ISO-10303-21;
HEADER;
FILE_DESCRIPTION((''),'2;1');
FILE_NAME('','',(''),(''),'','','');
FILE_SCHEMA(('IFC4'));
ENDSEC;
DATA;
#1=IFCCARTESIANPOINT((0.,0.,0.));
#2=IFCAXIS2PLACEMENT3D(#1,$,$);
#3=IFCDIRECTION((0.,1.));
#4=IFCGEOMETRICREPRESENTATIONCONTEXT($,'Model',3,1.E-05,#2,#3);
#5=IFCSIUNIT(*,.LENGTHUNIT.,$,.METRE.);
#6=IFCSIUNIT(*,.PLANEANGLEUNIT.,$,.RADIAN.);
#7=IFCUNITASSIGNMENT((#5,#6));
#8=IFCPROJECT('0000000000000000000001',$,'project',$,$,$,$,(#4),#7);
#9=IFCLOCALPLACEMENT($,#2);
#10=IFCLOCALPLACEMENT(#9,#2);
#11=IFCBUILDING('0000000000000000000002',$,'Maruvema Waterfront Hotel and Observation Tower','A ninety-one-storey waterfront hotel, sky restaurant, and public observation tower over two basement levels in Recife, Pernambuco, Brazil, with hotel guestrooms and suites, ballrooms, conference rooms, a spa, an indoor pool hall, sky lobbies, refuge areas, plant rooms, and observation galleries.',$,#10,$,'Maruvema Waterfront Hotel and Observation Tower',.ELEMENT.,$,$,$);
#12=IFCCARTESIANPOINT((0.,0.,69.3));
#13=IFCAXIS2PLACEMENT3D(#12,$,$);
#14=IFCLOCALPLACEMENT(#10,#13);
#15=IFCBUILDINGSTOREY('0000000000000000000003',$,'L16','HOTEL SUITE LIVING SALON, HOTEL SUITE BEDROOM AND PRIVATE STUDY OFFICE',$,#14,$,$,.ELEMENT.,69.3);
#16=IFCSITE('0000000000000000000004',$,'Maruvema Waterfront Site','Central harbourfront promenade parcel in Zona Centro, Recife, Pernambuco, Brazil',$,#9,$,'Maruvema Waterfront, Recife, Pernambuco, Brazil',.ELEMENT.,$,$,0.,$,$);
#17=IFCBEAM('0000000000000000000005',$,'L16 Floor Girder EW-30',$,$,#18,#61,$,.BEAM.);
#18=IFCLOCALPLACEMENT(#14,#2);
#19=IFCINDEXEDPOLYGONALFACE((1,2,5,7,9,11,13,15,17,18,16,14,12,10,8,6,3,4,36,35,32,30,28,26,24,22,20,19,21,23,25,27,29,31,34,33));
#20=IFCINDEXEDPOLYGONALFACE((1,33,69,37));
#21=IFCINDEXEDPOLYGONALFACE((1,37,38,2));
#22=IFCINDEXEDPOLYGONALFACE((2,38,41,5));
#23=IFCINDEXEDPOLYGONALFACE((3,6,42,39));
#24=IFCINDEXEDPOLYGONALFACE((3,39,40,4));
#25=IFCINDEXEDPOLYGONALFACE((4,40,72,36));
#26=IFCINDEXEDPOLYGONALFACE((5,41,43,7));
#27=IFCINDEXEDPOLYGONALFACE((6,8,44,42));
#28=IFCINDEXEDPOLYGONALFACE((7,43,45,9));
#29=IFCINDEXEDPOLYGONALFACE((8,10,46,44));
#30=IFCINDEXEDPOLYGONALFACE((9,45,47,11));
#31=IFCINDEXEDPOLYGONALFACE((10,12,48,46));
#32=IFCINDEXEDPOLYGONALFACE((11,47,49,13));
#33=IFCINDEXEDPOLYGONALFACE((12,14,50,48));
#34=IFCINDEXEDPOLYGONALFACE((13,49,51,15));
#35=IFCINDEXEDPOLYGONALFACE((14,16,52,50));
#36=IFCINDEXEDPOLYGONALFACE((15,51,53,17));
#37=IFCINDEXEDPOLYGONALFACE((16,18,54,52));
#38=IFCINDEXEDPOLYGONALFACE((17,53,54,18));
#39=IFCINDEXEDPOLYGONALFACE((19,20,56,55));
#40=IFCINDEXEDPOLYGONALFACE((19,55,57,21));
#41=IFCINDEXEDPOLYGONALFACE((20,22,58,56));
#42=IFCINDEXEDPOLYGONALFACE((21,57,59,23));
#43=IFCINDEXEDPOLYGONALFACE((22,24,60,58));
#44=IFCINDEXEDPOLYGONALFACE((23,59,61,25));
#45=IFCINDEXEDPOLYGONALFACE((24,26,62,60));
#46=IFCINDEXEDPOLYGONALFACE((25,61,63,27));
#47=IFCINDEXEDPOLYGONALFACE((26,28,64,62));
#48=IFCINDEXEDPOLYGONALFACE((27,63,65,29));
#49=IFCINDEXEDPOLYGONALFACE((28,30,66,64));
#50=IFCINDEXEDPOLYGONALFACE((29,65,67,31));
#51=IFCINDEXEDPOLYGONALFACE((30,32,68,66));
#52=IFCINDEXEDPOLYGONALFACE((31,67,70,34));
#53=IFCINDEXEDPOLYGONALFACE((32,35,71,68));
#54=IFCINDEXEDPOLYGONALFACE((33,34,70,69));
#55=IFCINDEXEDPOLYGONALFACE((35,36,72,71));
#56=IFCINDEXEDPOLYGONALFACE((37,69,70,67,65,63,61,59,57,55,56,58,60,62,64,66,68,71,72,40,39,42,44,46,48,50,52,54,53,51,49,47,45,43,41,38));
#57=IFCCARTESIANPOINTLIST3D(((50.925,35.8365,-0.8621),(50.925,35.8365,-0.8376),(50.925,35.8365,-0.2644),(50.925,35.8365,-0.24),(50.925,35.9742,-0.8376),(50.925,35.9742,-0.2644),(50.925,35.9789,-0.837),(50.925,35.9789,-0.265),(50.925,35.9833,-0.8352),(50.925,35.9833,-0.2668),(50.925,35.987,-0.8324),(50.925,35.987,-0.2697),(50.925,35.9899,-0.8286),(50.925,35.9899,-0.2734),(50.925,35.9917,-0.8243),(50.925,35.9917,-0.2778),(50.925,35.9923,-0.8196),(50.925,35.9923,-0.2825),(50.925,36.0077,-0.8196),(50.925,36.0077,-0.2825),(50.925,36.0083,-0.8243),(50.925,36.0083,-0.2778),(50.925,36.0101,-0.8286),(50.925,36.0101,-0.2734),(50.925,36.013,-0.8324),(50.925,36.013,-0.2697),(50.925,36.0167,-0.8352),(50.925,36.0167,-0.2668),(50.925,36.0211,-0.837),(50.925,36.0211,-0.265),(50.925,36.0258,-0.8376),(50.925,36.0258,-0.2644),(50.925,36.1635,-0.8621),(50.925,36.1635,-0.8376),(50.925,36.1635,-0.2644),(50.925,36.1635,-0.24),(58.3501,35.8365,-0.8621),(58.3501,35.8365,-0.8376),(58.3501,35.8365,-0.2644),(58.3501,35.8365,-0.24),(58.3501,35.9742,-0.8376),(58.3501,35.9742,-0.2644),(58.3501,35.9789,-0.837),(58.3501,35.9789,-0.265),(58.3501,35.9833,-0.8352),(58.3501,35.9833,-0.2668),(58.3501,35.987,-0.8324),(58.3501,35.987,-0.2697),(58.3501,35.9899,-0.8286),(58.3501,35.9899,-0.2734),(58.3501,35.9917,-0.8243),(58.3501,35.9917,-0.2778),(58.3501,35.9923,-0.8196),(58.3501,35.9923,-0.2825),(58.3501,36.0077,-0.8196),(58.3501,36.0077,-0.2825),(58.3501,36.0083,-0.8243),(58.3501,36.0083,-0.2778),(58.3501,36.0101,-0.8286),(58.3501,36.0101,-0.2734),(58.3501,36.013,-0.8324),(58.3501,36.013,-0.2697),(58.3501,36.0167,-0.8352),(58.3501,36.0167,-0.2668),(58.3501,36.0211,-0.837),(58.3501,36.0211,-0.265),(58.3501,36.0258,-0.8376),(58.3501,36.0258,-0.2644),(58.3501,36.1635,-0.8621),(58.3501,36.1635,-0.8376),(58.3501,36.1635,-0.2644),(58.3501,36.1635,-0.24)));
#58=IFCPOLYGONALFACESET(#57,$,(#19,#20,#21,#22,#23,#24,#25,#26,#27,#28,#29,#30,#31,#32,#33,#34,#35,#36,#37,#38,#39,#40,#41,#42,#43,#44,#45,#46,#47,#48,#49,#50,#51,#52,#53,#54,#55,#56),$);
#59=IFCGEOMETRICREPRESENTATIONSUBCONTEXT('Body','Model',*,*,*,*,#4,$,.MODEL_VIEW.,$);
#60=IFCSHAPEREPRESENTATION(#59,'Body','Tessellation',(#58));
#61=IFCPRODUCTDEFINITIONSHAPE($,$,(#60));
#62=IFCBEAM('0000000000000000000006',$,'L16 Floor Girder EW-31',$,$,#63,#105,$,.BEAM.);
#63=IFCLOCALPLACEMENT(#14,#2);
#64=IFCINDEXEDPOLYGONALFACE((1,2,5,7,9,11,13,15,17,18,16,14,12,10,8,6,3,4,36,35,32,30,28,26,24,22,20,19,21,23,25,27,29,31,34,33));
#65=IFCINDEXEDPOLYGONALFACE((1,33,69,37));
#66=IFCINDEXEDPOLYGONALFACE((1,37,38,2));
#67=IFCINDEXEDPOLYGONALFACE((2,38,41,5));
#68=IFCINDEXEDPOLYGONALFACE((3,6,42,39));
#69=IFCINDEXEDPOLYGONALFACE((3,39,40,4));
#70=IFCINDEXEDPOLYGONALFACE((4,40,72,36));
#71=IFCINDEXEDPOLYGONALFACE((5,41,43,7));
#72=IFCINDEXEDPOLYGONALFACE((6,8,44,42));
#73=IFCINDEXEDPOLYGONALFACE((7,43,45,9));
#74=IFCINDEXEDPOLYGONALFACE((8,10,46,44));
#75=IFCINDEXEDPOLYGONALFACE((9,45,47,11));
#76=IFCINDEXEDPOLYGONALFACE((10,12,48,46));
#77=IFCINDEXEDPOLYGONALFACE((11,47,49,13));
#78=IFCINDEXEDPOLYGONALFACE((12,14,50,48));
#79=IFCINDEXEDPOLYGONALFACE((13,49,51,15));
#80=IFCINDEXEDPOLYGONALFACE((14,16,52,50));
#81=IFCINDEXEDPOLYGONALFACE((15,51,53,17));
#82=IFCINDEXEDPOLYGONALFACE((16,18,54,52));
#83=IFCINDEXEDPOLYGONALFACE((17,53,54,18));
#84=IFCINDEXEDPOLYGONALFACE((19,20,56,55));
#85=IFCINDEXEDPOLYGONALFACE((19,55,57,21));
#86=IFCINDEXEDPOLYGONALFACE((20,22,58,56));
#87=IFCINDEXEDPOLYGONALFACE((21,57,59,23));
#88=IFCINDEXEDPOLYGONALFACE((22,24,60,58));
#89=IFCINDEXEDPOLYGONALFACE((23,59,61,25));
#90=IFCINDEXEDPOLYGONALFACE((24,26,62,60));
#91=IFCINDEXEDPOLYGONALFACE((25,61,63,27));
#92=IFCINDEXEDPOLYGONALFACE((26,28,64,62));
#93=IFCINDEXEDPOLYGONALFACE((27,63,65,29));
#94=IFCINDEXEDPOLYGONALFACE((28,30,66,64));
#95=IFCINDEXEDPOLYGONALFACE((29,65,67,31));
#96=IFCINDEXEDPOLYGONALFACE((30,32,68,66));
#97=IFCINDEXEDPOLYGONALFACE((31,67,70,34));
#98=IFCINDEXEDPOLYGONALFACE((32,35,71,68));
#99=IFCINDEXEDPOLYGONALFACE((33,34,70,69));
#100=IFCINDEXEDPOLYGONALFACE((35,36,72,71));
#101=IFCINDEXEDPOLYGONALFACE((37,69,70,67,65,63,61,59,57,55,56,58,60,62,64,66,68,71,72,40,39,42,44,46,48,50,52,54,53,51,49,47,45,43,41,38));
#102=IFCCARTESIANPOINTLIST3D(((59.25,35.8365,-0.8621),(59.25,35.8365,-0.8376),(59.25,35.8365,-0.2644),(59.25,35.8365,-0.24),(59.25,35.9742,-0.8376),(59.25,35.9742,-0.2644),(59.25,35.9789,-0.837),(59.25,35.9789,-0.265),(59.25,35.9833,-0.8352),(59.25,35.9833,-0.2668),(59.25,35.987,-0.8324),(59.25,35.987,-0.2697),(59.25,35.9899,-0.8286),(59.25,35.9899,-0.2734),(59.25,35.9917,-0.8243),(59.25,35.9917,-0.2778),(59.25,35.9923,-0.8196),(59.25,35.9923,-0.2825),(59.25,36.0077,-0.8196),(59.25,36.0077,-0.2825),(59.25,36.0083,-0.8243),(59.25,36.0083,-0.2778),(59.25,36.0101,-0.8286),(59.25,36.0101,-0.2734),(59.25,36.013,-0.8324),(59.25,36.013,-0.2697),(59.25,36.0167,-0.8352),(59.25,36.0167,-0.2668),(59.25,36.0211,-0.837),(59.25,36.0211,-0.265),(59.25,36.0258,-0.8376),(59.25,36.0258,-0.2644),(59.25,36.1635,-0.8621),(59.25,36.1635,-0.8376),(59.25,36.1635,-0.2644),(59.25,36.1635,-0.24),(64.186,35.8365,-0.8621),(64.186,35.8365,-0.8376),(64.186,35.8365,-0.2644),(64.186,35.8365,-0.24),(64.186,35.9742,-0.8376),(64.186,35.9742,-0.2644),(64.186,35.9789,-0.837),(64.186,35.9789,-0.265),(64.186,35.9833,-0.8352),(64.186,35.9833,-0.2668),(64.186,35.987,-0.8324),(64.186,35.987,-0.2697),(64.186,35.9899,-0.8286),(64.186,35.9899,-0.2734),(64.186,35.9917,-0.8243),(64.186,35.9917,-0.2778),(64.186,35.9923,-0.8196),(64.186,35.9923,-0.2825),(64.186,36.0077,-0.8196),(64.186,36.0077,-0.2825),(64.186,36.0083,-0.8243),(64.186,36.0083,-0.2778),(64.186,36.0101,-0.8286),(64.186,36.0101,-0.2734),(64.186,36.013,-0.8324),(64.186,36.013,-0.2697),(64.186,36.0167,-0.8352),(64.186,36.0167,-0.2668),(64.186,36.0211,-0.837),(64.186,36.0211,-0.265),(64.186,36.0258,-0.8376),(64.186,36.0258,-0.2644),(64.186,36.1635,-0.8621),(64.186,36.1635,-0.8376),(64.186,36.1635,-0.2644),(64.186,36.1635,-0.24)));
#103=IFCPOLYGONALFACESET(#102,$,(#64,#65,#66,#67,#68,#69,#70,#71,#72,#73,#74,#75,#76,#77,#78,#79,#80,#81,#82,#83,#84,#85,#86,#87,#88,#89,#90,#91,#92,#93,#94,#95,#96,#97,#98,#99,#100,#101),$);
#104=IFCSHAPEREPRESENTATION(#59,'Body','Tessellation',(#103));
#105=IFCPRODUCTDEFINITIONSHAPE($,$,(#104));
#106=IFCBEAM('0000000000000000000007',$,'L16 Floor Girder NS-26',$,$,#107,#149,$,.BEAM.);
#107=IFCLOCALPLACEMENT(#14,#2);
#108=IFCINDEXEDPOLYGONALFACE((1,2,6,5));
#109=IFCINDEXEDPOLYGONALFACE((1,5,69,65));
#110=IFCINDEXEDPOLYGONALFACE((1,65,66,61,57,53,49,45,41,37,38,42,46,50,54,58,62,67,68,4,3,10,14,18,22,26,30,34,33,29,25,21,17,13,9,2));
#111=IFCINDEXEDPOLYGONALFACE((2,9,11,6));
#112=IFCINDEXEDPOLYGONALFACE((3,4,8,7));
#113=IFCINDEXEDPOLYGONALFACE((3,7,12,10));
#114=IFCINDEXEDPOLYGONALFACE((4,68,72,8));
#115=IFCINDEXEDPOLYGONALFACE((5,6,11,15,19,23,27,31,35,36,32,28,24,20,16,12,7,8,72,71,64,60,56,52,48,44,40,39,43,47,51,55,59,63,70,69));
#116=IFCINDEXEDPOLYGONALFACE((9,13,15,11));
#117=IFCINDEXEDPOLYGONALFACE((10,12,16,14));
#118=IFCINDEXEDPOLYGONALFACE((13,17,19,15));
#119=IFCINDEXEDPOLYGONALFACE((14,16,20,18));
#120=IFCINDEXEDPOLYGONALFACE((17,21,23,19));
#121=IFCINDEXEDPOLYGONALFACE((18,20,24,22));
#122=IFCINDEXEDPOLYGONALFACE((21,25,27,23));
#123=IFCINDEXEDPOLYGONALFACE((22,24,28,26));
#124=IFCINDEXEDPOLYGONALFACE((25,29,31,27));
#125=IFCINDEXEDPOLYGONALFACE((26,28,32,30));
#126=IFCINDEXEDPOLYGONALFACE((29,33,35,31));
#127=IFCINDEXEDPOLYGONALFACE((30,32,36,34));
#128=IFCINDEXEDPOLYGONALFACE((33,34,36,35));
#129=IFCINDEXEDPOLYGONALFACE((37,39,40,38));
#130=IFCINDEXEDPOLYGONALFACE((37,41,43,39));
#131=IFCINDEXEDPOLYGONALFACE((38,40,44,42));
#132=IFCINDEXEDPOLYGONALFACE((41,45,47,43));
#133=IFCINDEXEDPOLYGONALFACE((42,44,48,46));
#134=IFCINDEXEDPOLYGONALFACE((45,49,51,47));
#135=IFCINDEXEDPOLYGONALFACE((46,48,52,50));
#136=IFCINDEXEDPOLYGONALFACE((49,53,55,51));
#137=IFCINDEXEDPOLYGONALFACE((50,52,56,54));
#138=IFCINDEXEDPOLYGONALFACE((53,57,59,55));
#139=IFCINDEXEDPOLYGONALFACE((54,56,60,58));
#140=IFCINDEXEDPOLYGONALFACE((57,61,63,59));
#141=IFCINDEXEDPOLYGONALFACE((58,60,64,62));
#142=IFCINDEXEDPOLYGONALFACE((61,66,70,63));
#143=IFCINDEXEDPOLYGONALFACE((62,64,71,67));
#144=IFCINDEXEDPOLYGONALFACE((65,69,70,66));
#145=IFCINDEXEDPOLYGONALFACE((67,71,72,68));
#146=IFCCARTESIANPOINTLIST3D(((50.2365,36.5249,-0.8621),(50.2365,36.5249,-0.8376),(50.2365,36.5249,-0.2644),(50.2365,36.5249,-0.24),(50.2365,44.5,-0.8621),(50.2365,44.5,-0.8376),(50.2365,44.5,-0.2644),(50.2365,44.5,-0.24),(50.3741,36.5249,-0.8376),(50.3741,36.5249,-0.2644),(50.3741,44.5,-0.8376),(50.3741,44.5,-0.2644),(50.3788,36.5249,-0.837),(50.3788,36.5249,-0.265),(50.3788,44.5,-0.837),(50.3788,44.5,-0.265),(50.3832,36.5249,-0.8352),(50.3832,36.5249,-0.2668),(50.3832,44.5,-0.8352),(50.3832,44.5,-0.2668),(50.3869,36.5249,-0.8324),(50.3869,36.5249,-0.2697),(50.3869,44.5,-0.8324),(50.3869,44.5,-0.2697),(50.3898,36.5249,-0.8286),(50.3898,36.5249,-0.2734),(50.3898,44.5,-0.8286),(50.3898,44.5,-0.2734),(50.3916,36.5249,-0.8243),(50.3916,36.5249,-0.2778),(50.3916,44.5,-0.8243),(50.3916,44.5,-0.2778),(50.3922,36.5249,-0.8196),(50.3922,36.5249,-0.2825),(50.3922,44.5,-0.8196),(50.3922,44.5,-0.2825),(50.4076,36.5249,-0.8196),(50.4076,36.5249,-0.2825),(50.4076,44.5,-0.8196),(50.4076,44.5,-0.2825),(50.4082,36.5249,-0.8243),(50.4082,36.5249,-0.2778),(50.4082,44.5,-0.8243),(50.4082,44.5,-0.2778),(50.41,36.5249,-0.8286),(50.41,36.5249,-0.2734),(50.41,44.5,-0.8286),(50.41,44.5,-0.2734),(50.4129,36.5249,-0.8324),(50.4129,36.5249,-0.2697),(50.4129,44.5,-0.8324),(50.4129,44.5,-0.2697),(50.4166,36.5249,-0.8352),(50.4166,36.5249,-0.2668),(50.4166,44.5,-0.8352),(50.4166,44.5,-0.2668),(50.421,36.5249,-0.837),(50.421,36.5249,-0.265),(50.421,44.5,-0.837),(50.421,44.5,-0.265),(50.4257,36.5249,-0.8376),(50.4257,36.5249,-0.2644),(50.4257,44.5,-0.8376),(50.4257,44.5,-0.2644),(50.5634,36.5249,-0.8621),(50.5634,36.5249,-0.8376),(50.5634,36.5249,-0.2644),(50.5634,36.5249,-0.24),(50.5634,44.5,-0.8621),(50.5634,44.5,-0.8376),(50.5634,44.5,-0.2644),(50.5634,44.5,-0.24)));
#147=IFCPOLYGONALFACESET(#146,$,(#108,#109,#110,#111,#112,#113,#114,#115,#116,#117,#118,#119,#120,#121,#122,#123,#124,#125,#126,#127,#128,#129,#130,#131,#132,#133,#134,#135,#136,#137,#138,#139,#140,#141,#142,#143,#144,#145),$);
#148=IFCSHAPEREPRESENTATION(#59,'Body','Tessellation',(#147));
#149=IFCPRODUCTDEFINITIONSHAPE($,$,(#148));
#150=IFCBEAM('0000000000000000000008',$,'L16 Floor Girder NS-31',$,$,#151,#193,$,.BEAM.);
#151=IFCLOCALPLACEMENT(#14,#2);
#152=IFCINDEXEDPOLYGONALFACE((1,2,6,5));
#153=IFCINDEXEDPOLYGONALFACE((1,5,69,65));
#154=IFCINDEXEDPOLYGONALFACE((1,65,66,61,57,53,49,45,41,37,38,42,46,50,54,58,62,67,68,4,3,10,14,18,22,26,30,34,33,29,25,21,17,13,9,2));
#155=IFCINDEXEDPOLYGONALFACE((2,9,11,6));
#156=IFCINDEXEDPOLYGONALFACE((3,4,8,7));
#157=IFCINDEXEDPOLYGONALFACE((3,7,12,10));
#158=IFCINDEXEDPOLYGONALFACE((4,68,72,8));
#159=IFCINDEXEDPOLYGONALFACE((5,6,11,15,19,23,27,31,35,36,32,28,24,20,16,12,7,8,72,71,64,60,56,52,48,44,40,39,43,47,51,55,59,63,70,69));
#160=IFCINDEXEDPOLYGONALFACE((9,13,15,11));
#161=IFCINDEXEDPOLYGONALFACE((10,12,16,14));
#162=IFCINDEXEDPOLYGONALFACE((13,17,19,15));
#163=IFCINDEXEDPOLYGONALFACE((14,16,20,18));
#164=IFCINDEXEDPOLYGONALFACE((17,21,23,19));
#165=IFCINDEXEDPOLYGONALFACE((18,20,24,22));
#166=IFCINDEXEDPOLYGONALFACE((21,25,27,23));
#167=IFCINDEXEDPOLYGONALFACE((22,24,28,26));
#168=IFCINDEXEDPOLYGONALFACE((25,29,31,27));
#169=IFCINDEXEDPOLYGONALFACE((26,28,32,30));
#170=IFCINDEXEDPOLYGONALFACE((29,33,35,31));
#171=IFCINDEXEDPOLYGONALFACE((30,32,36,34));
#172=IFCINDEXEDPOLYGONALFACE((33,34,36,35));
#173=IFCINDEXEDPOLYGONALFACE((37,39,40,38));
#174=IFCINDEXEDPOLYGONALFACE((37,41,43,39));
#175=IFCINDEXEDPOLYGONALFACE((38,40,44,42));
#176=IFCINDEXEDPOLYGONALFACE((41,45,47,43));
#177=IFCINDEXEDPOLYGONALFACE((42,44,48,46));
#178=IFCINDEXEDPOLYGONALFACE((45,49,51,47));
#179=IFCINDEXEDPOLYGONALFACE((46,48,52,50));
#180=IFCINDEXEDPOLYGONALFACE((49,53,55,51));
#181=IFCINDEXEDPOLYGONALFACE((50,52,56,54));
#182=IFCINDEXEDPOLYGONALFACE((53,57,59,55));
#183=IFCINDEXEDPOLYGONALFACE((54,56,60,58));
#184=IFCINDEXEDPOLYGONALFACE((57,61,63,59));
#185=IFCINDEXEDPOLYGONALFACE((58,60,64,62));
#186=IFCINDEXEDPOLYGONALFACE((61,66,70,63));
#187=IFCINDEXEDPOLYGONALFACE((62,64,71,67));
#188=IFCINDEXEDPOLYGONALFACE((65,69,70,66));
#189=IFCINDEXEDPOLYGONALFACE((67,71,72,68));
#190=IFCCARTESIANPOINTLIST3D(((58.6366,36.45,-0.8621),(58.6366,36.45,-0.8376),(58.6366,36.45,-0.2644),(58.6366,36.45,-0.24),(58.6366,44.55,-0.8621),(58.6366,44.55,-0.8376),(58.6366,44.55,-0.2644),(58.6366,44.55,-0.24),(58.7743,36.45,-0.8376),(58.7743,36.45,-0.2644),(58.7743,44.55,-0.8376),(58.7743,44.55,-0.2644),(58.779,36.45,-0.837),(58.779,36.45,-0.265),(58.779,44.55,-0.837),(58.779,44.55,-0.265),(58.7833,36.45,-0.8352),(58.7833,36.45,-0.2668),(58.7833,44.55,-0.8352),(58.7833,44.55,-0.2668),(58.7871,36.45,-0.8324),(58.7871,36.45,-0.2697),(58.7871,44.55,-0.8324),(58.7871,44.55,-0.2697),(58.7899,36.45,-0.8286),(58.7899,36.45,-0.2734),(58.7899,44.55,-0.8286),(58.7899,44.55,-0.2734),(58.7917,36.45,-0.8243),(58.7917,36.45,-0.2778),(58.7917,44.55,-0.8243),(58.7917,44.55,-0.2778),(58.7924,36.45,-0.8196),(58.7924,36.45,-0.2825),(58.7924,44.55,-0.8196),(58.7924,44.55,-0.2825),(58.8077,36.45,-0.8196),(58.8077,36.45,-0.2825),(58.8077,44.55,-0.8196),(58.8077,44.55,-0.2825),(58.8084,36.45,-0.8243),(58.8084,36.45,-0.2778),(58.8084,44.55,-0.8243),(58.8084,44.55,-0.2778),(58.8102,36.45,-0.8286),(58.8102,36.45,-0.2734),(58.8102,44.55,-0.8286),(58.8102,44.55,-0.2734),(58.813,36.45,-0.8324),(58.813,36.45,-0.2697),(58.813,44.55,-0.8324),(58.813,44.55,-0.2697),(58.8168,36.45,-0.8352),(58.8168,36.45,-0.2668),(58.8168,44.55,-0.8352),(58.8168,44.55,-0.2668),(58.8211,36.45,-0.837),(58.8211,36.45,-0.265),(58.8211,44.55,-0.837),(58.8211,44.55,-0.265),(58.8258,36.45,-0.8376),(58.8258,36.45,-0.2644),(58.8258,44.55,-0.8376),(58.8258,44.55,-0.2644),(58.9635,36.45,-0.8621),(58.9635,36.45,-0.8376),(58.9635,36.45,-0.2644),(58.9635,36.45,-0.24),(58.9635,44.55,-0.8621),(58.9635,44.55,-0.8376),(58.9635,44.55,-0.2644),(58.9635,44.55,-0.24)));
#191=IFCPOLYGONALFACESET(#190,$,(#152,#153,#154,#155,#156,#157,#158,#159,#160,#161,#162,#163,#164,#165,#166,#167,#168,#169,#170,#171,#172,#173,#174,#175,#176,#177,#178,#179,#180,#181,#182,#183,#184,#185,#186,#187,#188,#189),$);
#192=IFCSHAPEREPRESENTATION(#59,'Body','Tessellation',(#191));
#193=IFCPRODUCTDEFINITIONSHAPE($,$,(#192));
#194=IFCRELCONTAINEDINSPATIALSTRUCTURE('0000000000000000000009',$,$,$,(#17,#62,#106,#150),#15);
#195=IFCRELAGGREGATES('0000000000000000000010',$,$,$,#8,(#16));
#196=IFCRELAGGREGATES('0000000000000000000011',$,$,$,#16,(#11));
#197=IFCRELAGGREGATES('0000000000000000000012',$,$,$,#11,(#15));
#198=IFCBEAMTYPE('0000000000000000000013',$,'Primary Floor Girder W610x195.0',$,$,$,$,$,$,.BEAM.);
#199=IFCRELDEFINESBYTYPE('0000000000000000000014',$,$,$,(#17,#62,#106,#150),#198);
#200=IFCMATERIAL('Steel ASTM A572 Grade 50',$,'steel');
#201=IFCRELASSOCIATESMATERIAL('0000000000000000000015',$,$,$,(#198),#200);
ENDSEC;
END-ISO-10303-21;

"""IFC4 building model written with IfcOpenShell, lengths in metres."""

from ifc_helpers import new_model, si_unit, direction, frame, origin, origin_2d, place, context, subcontext, project, spatial, i_section, extrude, material, material_profile, profile_set, type_object, element, save


model = new_model("IFC4")

# Units and contexts
model_context = context("Model", 3, precision=1e-05, world=origin(), true_north=direction((0.0, 1.0)))
body_context = subcontext(model_context, "Body", "Model", "MODEL_VIEW")
ifc_project = project(units=[si_unit("LENGTHUNIT", "METRE"), si_unit("PLANEANGLEUNIT", "RADIAN")], contexts=[model_context])

# Site, building, storey
site_placement = place(None, origin())
site = spatial("IfcSite", under=ifc_project, at=site_placement, Name="Maruvema Waterfront Site", Description="Central harbourfront promenade parcel in Zona Centro, Recife, Pernambuco, Brazil", LongName="Maruvema Waterfront, Recife, Pernambuco, Brazil", CompositionType="ELEMENT", RefElevation=0.0)
building_placement = place(site_placement, origin())
building = spatial("IfcBuilding", under=site, at=building_placement, Name="Maruvema Waterfront Hotel and Observation Tower", Description="A ninety-one-storey waterfront hotel, sky restaurant, and public observation tower over two basement levels in Recife, Pernambuco, Brazil, with hotel guestrooms and suites, ballrooms, conference rooms, a spa, an indoor pool hall, sky lobbies, refuge areas, plant rooms, and observation galleries.", LongName="Maruvema Waterfront Hotel and Observation Tower", CompositionType="ELEMENT")
storey_placement = place(building_placement, frame((0.0, 0.0, 69.3)))
storey = spatial("IfcBuildingStorey", under=building, at=storey_placement, Name="L16", Description="HOTEL SUITE LIVING SALON, HOTEL SUITE BEDROOM AND PRIVATE STUDY OFFICE", CompositionType="ELEMENT", Elevation=69.3)

# Beams
ifc_material_1 = material(Name="Steel ASTM A572 Grade 50", Category="steel")
ifc_material_profile_1 = material_profile(ifc_material_1, i_section(OverallWidth=0.3269, OverallDepth=0.6221, WebThickness=0.0154, FlangeThickness=0.0244, FilletRadius=0.0181, at=origin_2d()), Name="W610x195.0")
ifc_profile_set_1 = profile_set([ifc_material_profile_1], Name="Steel ASTM A572 Grade 50")
beam_type_1 = type_object("IfcBeamType", Name="Primary Floor Girder W610x195.0", PredefinedType="BEAM", material=ifc_profile_set_1)
beam_1_placement = place(storey_placement, frame((50.925, 36.0, -0.551), z_axis=(1.0, 0.0, 0.0), x_axis=(0.0, 1.0, 0.0)))
element("IfcBeam", 1, at=beam_1_placement, inside=storey, type_object=beam_type_1, Name="L16 Floor Girder EW-30", PredefinedType="BEAM", context=body_context, shape_type="SweptSolid", body=[
    extrude(i_section(OverallWidth=0.3269, OverallDepth=0.6221, WebThickness=0.0154, FlangeThickness=0.0244, FilletRadius=0.0181, at=origin_2d()), origin(), (0.0, 0.0, 1.0), 7.425),
])
beam_2_placement = place(storey_placement, frame((59.25, 36.0, -0.551), z_axis=(1.0, 0.0, 0.0), x_axis=(0.0, 1.0, 0.0)))
element("IfcBeam", 2, at=beam_2_placement, inside=storey, type_object=beam_type_1, Name="L16 Floor Girder EW-31", PredefinedType="BEAM", context=body_context, shape_type="SweptSolid", body=[
    extrude(i_section(OverallWidth=0.3269, OverallDepth=0.6221, WebThickness=0.0154, FlangeThickness=0.0244, FilletRadius=0.0181, at=origin_2d()), origin(), (0.0, 0.0, 1.0), 4.936),
])
beam_3_placement = place(storey_placement, frame((50.3999, 36.5249, -0.551), z_axis=(0.0, 1.0, 0.0), x_axis=(-1.0, 0.0, 0.0)))
element("IfcBeam", 3, at=beam_3_placement, inside=storey, type_object=beam_type_1, Name="L16 Floor Girder NS-26", PredefinedType="BEAM", context=body_context, shape_type="SweptSolid", body=[
    extrude(i_section(OverallWidth=0.3269, OverallDepth=0.6221, WebThickness=0.0154, FlangeThickness=0.0244, FilletRadius=0.0181, at=origin_2d()), origin(), (0.0, 0.0, 1.0), 7.9751),
])
beam_4_placement = place(storey_placement, frame((58.8, 36.45, -0.551), z_axis=(0.0, 1.0, 0.0), x_axis=(-1.0, 0.0, 0.0)))
element("IfcBeam", 4, at=beam_4_placement, inside=storey, type_object=beam_type_1, Name="L16 Floor Girder NS-31", PredefinedType="BEAM", context=body_context, shape_type="SweptSolid", body=[
    extrude(i_section(OverallWidth=0.3269, OverallDepth=0.6221, WebThickness=0.0154, FlangeThickness=0.0244, FilletRadius=0.0181, at=origin_2d()), origin(), (0.0, 0.0, 1.0), 8.1001),
])

save(model, "model.ifc")
